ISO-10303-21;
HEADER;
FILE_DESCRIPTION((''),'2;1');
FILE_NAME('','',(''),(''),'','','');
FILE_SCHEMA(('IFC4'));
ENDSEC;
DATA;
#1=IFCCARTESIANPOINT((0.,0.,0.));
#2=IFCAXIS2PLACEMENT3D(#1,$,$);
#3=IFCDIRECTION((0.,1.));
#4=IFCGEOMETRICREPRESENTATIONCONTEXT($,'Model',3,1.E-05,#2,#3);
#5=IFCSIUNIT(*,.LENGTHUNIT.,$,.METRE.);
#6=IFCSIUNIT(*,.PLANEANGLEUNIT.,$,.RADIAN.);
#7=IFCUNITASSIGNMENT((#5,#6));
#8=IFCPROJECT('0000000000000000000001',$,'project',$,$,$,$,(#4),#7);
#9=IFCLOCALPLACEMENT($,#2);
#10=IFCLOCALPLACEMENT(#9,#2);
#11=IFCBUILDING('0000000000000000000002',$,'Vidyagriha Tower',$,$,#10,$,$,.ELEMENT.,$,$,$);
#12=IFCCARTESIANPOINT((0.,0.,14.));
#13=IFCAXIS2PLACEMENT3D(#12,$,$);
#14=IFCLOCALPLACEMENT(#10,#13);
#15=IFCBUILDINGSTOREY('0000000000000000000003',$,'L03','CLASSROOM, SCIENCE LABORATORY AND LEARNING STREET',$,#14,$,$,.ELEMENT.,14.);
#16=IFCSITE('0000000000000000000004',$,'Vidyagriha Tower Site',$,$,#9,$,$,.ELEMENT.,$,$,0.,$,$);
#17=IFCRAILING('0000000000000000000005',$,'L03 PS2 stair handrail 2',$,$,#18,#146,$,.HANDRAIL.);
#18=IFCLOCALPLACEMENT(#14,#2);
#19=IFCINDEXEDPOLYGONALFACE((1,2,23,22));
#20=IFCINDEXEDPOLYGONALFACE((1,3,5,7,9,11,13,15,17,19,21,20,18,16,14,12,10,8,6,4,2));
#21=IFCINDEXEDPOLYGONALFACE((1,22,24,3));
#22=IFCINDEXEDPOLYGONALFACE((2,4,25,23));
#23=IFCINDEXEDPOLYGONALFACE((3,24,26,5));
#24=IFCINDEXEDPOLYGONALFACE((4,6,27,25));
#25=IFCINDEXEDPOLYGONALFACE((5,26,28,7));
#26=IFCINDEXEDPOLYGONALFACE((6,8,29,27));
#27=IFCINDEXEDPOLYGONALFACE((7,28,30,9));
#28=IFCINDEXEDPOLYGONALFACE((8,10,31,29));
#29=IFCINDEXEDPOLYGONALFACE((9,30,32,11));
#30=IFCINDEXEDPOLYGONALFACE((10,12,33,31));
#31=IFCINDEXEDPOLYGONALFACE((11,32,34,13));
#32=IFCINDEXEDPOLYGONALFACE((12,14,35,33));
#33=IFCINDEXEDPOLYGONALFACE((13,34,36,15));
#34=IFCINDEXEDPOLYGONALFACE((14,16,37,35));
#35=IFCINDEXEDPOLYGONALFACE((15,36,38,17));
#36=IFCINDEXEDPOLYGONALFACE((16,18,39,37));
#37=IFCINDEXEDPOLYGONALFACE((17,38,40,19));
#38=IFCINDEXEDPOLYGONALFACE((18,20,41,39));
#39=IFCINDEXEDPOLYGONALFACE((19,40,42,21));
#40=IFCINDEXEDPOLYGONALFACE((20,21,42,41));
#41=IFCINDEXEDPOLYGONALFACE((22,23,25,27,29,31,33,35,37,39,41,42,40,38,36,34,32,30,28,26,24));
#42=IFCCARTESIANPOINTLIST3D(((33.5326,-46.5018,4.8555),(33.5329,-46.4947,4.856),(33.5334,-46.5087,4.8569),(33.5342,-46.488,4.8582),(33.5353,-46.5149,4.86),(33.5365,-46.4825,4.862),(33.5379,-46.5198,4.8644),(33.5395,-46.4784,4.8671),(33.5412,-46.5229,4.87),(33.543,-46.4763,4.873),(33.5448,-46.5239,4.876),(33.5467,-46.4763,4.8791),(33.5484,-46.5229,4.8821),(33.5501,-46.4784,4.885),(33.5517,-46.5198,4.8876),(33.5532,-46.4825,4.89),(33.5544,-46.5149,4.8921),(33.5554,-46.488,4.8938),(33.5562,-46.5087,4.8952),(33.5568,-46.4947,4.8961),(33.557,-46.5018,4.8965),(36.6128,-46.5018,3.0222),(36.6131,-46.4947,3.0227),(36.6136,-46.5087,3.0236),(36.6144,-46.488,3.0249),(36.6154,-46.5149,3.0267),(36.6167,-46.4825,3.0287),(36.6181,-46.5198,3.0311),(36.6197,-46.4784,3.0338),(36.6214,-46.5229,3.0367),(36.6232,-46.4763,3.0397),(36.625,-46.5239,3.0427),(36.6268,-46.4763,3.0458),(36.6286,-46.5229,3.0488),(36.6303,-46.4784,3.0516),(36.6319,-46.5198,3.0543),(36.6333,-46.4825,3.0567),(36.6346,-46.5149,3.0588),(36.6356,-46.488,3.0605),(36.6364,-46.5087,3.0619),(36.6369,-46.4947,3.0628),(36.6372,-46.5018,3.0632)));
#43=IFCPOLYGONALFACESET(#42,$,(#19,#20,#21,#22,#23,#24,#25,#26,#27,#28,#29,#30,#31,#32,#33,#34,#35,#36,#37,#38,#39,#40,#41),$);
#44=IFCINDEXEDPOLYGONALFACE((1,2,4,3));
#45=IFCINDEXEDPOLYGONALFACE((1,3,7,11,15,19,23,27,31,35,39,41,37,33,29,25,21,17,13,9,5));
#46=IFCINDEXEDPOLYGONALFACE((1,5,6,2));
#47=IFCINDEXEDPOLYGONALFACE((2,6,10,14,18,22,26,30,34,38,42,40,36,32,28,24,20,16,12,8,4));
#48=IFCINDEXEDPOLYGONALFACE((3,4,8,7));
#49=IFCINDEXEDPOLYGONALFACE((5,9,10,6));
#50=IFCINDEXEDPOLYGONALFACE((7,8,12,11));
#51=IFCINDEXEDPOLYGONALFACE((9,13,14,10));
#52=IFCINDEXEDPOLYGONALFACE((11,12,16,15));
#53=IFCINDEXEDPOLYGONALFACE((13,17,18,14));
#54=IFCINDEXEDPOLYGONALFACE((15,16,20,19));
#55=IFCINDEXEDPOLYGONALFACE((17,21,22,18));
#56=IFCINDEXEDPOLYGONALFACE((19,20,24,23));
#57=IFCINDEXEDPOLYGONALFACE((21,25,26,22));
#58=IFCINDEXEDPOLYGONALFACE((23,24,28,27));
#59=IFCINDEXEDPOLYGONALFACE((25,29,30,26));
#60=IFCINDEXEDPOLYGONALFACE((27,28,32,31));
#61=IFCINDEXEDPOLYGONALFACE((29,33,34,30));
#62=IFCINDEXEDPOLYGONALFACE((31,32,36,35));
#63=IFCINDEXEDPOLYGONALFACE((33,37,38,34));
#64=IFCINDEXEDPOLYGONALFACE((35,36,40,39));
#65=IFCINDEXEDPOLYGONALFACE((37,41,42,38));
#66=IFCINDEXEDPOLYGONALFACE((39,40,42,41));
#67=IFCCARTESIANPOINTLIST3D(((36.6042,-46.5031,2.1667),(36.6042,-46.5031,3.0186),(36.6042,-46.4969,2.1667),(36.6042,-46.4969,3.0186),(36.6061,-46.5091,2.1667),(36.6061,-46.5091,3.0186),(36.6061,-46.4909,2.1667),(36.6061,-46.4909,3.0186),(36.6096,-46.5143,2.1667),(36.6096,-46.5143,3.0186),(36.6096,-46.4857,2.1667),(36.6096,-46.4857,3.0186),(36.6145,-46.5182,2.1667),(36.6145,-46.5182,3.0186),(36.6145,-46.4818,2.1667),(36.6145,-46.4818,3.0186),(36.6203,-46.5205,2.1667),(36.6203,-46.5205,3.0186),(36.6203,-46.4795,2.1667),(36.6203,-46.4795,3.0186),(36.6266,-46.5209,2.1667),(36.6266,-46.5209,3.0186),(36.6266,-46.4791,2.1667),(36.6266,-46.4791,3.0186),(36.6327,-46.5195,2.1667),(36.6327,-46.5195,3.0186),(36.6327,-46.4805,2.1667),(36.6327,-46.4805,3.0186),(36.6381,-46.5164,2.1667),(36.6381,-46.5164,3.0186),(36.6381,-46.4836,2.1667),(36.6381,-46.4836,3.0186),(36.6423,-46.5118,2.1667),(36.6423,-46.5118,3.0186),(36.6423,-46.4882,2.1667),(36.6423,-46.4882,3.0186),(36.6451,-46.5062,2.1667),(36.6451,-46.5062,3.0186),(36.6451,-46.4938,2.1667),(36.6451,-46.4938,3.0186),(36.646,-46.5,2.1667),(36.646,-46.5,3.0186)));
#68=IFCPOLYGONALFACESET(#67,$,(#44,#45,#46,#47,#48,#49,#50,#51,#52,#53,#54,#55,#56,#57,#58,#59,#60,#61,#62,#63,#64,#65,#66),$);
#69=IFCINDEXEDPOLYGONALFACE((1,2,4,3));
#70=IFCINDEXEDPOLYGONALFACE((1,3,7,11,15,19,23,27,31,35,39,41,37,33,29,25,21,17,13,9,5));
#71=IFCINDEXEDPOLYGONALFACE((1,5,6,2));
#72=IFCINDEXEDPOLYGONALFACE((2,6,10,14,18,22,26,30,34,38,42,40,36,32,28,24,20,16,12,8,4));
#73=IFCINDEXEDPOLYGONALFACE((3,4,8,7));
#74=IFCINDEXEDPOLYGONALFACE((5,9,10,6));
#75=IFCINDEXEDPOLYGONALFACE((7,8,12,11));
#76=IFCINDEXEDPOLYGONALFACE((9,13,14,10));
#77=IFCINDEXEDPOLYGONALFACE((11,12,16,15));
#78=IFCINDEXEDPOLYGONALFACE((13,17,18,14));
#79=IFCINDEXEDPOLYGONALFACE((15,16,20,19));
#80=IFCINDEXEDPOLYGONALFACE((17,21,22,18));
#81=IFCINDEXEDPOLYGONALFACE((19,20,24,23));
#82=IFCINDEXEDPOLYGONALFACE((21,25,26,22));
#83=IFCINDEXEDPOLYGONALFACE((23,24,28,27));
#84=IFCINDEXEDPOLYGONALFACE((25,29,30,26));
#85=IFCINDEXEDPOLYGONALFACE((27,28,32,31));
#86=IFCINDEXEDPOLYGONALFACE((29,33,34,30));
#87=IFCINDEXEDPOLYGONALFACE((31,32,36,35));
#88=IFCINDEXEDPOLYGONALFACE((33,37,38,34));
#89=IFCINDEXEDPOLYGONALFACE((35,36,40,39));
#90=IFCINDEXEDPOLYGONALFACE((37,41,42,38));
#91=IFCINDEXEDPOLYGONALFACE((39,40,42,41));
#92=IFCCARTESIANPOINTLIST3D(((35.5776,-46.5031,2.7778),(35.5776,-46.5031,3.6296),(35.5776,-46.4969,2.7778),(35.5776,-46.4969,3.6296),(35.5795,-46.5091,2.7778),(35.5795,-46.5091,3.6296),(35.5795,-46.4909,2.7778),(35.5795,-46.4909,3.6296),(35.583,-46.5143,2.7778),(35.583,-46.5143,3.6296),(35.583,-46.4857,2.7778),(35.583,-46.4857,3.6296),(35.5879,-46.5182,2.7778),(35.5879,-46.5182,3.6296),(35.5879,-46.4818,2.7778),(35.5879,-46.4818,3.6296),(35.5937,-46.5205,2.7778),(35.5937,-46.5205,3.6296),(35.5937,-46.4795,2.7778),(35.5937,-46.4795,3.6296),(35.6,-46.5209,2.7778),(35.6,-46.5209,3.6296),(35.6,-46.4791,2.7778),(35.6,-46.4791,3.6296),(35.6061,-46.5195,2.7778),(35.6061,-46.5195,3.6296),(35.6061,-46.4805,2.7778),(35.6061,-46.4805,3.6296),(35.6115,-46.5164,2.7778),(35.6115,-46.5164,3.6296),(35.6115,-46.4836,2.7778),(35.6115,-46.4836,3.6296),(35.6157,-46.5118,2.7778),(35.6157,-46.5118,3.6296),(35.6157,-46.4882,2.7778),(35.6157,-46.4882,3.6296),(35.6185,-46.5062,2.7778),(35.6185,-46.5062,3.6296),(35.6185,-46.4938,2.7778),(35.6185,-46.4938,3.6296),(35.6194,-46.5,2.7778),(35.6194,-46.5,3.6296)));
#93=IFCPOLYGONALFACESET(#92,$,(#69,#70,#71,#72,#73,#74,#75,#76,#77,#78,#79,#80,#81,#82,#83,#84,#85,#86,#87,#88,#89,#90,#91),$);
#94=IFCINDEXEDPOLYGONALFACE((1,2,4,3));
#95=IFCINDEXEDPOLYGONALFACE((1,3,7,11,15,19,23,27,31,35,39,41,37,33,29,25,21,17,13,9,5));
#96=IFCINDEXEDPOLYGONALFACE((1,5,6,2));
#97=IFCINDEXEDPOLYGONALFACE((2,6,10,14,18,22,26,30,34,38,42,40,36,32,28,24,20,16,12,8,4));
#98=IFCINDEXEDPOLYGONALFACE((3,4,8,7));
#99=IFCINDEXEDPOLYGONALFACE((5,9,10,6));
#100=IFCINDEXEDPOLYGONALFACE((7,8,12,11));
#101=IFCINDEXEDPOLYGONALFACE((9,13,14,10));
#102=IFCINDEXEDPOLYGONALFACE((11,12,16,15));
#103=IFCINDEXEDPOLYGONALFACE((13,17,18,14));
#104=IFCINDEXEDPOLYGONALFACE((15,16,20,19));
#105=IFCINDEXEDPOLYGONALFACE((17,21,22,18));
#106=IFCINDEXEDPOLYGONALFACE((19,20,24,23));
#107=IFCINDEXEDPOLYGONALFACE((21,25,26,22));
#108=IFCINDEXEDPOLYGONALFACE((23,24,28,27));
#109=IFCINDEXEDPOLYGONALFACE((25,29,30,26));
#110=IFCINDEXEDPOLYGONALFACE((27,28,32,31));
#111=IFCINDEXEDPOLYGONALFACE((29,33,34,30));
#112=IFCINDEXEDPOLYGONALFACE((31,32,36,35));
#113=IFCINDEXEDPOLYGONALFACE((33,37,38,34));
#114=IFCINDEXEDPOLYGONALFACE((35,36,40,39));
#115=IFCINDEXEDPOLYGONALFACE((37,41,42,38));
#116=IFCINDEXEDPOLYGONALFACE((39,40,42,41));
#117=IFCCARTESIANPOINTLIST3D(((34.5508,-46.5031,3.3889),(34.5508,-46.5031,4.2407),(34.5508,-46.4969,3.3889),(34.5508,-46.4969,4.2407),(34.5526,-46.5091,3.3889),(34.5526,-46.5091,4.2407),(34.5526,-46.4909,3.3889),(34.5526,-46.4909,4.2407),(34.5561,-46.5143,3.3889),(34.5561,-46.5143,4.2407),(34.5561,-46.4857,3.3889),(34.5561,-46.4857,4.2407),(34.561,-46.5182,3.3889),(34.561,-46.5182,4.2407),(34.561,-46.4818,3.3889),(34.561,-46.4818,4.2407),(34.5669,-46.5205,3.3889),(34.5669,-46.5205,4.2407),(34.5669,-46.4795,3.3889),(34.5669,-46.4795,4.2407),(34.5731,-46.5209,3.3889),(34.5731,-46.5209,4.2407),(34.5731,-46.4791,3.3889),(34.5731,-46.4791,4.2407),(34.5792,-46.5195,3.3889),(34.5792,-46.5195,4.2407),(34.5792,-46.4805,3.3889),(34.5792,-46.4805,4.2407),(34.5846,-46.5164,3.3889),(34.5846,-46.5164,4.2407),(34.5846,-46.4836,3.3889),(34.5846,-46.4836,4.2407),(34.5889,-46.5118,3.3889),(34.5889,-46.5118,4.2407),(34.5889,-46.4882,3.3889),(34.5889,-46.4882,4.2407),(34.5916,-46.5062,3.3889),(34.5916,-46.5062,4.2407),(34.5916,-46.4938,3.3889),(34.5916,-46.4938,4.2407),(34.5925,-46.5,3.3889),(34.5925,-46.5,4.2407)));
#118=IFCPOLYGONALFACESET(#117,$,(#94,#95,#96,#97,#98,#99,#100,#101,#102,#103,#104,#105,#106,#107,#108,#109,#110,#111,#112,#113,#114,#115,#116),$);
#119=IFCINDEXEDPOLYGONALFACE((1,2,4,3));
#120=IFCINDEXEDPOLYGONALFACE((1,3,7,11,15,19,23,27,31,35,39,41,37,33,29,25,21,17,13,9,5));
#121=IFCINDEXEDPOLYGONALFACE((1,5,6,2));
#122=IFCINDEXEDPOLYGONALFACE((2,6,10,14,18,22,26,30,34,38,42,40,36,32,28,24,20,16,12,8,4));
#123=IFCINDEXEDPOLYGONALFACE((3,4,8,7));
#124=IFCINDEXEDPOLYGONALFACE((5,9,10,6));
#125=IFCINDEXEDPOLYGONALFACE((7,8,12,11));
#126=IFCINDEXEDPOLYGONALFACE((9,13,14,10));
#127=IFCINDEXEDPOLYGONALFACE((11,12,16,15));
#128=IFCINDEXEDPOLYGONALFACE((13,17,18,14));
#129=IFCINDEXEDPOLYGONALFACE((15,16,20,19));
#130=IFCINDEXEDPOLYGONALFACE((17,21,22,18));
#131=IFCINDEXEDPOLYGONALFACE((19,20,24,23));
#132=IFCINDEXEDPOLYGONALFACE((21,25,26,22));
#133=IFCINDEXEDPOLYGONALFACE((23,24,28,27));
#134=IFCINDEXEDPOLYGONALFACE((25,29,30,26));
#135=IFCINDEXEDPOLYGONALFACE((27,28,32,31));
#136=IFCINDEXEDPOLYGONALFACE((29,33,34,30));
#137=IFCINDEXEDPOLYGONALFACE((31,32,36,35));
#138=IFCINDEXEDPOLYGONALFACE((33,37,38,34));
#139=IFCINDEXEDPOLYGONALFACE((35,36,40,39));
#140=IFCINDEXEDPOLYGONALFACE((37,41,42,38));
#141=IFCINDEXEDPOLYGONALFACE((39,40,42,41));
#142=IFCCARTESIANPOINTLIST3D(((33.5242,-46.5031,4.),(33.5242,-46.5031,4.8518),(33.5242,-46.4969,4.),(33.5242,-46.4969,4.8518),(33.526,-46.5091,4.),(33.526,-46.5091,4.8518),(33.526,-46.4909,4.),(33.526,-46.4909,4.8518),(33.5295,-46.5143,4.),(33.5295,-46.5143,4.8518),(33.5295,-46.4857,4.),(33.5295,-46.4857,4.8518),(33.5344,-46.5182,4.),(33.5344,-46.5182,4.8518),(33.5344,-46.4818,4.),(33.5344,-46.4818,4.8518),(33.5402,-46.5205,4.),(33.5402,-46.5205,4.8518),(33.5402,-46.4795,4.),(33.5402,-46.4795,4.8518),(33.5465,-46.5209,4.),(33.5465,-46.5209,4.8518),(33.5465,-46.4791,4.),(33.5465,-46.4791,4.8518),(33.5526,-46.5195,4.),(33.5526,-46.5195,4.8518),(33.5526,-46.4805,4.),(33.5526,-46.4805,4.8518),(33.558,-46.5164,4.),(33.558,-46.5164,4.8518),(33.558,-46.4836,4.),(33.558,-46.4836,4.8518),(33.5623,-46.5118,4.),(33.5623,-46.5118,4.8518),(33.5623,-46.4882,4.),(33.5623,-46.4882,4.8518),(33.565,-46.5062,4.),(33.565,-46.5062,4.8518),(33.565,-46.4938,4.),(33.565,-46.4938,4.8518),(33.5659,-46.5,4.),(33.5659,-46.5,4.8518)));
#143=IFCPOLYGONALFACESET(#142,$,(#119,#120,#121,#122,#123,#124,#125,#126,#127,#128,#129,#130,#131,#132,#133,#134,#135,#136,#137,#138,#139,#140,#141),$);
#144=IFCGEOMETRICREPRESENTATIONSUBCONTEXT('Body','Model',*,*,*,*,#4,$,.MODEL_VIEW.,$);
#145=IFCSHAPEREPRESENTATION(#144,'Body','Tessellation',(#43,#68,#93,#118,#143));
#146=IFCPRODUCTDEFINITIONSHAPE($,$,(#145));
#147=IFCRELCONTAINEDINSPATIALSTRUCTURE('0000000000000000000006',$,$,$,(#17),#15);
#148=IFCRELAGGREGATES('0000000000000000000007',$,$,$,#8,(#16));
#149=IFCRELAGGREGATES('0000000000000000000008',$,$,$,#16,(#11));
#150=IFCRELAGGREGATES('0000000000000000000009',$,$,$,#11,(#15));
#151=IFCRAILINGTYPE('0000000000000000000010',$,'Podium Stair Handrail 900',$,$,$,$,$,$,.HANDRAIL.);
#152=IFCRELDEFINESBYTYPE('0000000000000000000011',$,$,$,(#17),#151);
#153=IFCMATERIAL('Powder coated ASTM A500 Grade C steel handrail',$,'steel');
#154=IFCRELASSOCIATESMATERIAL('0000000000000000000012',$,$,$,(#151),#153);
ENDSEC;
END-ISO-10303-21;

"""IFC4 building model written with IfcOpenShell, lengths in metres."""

from ifc_helpers import new_model, si_unit, direction, frame, origin, origin_2d, place, context, subcontext, project, spatial, circle, extrude, material, type_object, element, save


model = new_model("IFC4")

# Units and contexts
model_context = context("Model", 3, precision=1e-05, world=origin(), true_north=direction((0.0, 1.0)))
body_context = subcontext(model_context, "Body", "Model", "MODEL_VIEW")
ifc_project = project(units=[si_unit("LENGTHUNIT", "METRE"), si_unit("PLANEANGLEUNIT", "RADIAN")], contexts=[model_context])

# Site, building, storey
site_placement = place(None, origin())
site = spatial("IfcSite", under=ifc_project, at=site_placement, Name="Vidyagriha Tower Site", CompositionType="ELEMENT", RefElevation=0.0)
building_placement = place(site_placement, origin())
building = spatial("IfcBuilding", under=site, at=building_placement, Name="Vidyagriha Tower", CompositionType="ELEMENT")
storey_placement = place(building_placement, frame((0.0, 0.0, 14.0)))
storey = spatial("IfcBuildingStorey", under=building, at=storey_placement, Name="L03", Description="CLASSROOM, SCIENCE LABORATORY AND LEARNING STREET", CompositionType="ELEMENT", Elevation=14.0)

# Railing
ifc_material_1 = material(Name="Powder coated ASTM A500 Grade C steel handrail", Category="steel")
railing_type_1 = type_object("IfcRailingType", Name="Podium Stair Handrail 900", PredefinedType="HANDRAIL", material=ifc_material_1)
railing_1_placement = place(storey_placement, frame((36.625, -46.5, 2.1667)))
element("IfcRailing", 1, at=railing_1_placement, inside=storey, type_object=railing_type_1, Name="L03 PS2 stair handrail 2", PredefinedType="HANDRAIL", context=body_context, shape_type="SweptSolid", body=[
    extrude(circle(Radius=0.0239, at=origin_2d()), frame((0.0, 0.0, 0.876), z_axis=(-0.859309, 0.0, 0.511458), x_axis=(0.0, -1.0, 0.0)), (0.0, 0.0, 1.0), 3.5845),
    extrude(circle(Radius=0.021, at=origin_2d()), origin(), (0.0, 0.0, 1.0), 0.8518),
    extrude(circle(Radius=0.021, at=origin_2d()), frame((-1.0266, 0.0, 0.6111)), (0.0, 0.0, 1.0), 0.8518),
    extrude(circle(Radius=0.021, at=origin_2d()), frame((-2.0535, 0.0, 1.2222)), (0.0, 0.0, 1.0), 0.8518),
    extrude(circle(Radius=0.021, at=origin_2d()), frame((-3.0801, 0.0, 1.8333)), (0.0, 0.0, 1.0), 0.8518),
])

save(model, "model.ifc")
